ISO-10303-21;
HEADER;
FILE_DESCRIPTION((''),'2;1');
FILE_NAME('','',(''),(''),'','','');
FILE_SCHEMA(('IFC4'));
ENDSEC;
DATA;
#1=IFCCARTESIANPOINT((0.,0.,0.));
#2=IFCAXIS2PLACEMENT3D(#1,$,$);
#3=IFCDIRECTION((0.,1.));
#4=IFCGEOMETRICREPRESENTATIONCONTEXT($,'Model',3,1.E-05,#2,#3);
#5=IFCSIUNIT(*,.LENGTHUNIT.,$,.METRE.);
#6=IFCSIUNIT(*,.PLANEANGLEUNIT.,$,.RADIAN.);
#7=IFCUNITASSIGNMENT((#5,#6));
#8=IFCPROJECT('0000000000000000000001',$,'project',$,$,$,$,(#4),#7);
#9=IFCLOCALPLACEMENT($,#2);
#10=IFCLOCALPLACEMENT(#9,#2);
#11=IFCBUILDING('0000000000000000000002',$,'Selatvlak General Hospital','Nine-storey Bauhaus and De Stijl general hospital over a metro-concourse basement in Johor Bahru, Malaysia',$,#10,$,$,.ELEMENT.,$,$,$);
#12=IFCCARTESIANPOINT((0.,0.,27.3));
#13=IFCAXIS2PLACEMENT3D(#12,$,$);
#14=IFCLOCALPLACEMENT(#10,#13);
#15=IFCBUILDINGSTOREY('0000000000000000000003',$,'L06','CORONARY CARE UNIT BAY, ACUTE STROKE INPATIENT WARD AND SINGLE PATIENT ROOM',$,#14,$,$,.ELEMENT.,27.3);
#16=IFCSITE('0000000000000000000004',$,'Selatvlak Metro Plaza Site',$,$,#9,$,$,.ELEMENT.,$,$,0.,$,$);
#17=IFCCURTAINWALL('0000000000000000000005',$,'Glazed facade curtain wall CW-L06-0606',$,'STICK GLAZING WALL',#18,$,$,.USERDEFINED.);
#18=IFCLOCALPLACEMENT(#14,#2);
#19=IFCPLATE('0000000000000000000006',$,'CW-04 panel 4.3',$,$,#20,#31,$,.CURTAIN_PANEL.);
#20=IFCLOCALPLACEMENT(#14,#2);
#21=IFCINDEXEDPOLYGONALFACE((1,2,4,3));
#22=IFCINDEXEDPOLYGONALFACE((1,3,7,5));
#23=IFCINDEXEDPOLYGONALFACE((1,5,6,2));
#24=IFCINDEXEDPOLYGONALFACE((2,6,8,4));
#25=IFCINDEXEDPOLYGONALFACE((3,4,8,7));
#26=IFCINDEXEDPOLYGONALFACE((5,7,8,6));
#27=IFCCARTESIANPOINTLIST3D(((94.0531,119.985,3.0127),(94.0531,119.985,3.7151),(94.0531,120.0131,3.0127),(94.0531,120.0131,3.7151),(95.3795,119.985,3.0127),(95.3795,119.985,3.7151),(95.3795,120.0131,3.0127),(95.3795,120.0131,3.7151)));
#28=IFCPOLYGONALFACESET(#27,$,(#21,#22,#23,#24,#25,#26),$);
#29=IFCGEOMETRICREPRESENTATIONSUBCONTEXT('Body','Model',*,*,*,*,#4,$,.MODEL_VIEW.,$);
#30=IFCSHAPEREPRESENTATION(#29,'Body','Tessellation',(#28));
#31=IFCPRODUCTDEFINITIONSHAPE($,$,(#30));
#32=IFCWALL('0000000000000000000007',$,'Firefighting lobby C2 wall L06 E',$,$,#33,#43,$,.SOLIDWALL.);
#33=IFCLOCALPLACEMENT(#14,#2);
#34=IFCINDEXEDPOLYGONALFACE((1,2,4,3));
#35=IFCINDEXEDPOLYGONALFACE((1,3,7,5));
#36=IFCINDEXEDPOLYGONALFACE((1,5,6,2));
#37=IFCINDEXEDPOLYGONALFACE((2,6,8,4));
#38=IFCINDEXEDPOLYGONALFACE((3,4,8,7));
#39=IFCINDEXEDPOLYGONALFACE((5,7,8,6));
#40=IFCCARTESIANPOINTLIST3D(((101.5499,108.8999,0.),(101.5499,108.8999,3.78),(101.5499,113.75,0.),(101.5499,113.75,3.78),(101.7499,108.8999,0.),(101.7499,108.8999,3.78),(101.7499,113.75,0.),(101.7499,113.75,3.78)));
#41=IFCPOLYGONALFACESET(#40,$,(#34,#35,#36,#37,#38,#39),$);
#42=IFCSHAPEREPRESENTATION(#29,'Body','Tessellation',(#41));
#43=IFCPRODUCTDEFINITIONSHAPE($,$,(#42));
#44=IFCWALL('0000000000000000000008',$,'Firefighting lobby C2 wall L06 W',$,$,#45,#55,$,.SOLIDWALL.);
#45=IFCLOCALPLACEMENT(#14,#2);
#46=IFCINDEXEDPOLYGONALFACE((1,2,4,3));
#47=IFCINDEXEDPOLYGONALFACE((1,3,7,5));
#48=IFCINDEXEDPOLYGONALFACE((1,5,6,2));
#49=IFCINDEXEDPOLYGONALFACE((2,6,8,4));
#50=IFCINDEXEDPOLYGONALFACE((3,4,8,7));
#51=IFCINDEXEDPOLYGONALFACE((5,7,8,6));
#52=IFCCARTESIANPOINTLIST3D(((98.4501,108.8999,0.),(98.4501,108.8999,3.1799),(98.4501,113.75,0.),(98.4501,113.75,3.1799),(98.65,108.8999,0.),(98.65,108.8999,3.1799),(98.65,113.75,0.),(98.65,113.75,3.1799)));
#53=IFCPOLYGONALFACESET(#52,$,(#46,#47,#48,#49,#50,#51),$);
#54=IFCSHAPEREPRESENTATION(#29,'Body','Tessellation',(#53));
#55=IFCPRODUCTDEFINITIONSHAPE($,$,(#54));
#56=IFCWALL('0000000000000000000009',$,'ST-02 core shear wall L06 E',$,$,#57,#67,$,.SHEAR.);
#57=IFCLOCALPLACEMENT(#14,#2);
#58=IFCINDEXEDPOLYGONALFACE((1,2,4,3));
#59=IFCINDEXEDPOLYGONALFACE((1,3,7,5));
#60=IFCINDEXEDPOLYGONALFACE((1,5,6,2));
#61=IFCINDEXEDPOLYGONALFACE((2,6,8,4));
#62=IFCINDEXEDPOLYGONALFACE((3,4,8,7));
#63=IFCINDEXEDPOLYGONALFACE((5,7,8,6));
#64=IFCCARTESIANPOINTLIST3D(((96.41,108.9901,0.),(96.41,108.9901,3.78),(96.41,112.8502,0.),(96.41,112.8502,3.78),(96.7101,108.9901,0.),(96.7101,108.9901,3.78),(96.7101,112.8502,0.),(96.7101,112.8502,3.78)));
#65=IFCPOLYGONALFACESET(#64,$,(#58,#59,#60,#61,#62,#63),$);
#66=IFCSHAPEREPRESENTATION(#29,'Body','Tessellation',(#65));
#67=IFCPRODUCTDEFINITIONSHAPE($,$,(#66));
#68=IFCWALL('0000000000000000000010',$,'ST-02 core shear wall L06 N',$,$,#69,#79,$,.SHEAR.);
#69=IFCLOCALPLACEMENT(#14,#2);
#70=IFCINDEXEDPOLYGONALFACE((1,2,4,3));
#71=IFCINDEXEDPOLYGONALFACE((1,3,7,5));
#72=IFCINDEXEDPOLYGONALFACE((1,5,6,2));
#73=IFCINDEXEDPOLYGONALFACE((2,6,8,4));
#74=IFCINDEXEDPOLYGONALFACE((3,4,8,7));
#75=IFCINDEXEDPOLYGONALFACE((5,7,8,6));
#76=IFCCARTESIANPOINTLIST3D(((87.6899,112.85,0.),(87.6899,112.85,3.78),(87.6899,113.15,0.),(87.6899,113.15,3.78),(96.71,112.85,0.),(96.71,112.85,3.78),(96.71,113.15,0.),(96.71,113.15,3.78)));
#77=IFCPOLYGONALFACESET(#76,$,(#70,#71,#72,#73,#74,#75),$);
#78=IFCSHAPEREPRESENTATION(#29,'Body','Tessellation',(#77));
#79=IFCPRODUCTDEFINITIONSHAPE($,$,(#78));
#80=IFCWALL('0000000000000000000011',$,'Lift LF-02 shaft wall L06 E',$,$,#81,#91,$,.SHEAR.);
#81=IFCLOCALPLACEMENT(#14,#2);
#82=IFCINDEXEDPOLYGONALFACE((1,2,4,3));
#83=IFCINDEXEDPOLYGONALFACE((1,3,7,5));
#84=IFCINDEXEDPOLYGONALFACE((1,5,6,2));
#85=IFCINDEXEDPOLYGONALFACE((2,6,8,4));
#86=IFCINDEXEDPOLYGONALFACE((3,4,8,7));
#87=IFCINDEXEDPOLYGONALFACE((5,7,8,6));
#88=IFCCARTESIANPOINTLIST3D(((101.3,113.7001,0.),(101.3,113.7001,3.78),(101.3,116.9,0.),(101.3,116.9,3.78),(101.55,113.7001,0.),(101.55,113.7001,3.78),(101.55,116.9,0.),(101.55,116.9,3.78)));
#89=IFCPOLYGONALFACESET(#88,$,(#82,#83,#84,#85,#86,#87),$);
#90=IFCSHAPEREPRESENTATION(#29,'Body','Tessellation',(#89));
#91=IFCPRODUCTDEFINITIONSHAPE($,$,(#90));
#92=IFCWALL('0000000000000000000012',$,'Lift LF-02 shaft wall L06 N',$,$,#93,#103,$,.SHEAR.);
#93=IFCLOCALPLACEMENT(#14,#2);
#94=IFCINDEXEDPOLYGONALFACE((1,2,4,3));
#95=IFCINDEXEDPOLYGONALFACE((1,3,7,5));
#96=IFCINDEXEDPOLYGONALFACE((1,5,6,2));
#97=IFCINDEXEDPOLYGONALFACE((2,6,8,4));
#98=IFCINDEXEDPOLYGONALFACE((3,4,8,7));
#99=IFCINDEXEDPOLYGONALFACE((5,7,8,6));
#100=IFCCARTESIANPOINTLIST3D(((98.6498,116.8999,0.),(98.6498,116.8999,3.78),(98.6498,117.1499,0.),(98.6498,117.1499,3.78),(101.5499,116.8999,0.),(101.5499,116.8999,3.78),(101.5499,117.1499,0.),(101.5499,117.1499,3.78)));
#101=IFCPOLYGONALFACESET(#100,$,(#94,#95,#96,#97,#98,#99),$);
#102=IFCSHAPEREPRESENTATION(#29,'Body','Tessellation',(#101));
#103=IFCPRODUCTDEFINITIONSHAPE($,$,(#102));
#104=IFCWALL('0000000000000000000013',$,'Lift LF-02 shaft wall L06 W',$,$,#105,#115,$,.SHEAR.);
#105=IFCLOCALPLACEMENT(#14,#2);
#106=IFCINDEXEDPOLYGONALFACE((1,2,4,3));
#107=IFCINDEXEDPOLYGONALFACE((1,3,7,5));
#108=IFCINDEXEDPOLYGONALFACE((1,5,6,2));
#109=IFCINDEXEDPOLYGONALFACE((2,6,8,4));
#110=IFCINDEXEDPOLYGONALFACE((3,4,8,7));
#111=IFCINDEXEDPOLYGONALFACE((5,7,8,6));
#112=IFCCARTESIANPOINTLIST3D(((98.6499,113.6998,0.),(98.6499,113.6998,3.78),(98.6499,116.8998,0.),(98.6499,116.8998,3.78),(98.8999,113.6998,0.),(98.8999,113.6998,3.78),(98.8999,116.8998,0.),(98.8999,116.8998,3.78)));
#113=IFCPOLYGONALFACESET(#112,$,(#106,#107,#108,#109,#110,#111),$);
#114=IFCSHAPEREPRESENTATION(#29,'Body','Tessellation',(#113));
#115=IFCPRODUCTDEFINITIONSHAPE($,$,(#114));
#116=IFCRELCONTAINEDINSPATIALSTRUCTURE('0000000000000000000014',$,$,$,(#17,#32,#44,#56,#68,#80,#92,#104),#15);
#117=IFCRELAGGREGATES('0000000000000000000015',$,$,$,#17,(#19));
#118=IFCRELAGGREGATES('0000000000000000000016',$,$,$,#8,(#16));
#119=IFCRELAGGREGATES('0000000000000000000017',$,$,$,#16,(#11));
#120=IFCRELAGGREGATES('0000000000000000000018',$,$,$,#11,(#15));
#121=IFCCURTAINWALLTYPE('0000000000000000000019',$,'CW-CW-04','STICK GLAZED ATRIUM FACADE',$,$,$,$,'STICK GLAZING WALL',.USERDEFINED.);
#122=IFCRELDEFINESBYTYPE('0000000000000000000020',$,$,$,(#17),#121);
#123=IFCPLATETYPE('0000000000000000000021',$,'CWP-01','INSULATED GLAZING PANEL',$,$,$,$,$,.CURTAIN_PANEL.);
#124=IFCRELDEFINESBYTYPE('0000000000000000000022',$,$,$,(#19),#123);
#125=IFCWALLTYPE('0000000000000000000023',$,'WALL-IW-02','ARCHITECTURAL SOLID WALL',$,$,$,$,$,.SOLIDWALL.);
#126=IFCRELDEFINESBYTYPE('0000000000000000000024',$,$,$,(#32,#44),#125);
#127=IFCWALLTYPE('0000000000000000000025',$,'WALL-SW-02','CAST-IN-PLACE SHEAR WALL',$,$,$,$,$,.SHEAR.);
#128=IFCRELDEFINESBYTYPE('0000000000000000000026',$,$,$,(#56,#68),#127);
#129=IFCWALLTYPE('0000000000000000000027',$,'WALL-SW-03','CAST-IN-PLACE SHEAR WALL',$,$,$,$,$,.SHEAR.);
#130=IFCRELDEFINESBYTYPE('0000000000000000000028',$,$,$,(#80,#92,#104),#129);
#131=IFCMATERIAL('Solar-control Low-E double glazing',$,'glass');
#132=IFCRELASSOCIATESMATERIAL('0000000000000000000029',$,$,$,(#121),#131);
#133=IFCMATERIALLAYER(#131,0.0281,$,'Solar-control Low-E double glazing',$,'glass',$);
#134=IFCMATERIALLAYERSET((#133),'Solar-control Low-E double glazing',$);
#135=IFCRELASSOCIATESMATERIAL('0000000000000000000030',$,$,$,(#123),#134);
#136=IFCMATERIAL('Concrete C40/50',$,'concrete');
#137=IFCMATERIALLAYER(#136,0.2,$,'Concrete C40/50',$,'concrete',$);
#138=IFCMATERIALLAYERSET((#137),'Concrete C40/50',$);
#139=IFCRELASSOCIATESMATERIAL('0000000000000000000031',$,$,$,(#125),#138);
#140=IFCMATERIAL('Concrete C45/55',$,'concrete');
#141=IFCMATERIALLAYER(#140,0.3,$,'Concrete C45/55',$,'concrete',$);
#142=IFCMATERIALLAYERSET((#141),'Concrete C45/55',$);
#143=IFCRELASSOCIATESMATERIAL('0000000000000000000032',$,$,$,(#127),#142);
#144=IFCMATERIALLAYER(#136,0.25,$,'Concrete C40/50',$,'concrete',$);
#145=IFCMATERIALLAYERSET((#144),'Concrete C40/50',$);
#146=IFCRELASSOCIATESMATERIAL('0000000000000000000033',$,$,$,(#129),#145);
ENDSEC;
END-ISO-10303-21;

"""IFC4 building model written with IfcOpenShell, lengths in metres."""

from ifc_helpers import new_model, si_unit, direction, frame, frame_2d, origin, origin_2d, place, context, subcontext, project, spatial, rectangle, extrude, material, layer, layer_set, type_object, element, aggregate, save


model = new_model("IFC4")

# Units and contexts
model_context = context("Model", 3, precision=1e-05, world=origin(), true_north=direction((0.0, 1.0)))
body_context = subcontext(model_context, "Body", "Model", "MODEL_VIEW")
ifc_project = project(units=[si_unit("LENGTHUNIT", "METRE"), si_unit("PLANEANGLEUNIT", "RADIAN")], contexts=[model_context])

# Site, building, storey
site_placement = place(None, origin())
site = spatial("IfcSite", under=ifc_project, at=site_placement, Name="Selatvlak Metro Plaza Site", CompositionType="ELEMENT", RefElevation=0.0)
building_placement = place(site_placement, origin())
building = spatial("IfcBuilding", under=site, at=building_placement, Name="Selatvlak General Hospital", Description="Nine-storey Bauhaus and De Stijl general hospital over a metro-concourse basement in Johor Bahru, Malaysia", CompositionType="ELEMENT")
storey_placement = place(building_placement, frame((0.0, 0.0, 27.3)))
storey = spatial("IfcBuildingStorey", under=building, at=storey_placement, Name="L06", Description="CORONARY CARE UNIT BAY, ACUTE STROKE INPATIENT WARD AND SINGLE PATIENT ROOM", CompositionType="ELEMENT", Elevation=27.3)

# Shared definitions
ifc_material_1 = material(Name="Concrete C40/50", Category="concrete")

# Curtain wall, plate
ifc_material_2 = material(Name="Solar-control Low-E double glazing", Category="glass")
curtain_wall_type = type_object("IfcCurtainWallType", Name="CW-CW-04", Description="STICK GLAZED ATRIUM FACADE", ElementType="STICK GLAZING WALL", PredefinedType="USERDEFINED", material=ifc_material_2)
curtain_wall_placement = place(storey_placement, origin())
curtain_wall = element("IfcCurtainWall", 1, at=curtain_wall_placement, inside=storey, type_object=curtain_wall_type, Name="Glazed facade curtain wall CW-L06-0606", ObjectType="STICK GLAZING WALL", PredefinedType="USERDEFINED")
ifc_layer_1 = layer(ifc_material_2, 0.0281, Name="Solar-control Low-E double glazing", Category="glass")
ifc_layer_set_1 = layer_set([ifc_layer_1], Name="Solar-control Low-E double glazing")
plate_type = type_object("IfcPlateType", Name="CWP-01", Description="INSULATED GLAZING PANEL", PredefinedType="CURTAIN_PANEL", material=ifc_layer_set_1)
plate_1_placement = place(storey_placement, frame((94.7163, 119.999, 3.0127), z_axis=(0.0, 0.0, 1.0), x_axis=(1.0, 0.0, 0.0)))
plate_1 = element("IfcPlate", 2, at=plate_1_placement, type_object=plate_type, Name="CW-04 panel 4.3", PredefinedType="CURTAIN_PANEL", context=body_context, shape_type="SweptSolid", body=[
    extrude(rectangle(XDim=1.3264, YDim=0.0281, at=origin_2d()), origin(), (0.0, 0.0, 1.0), 0.7024),
])
aggregate(curtain_wall, [plate_1])

# Shared definitions
ifc_layer_2 = layer(ifc_material_1, 0.2, Name="Concrete C40/50", Category="concrete")
ifc_layer_set_2 = layer_set([ifc_layer_2], Name="Concrete C40/50")
wall_type_1 = type_object("IfcWallType", Name="WALL-IW-02", Description="ARCHITECTURAL SOLID WALL", PredefinedType="SOLIDWALL", material=ifc_layer_set_2)

# Walls
wall_1_placement = place(storey_placement, frame((101.6499, 108.8999, 0.0), z_axis=(0.0, 0.0, 1.0), x_axis=(0.0, 1.0, 0.0)))
element("IfcWall", 3, at=wall_1_placement, inside=storey, type_object=wall_type_1, Name="Firefighting lobby C2 wall L06 E", PredefinedType="SOLIDWALL", context=body_context, shape_type="SweptSolid", body=[
    extrude(rectangle(XDim=4.8501, YDim=0.2, at=frame_2d((2.425, 0.0))), origin(), (0.0, 0.0, 1.0), 3.78),
])
wall_2_placement = place(storey_placement, frame((98.55, 113.75, 0.0), z_axis=(0.0, 0.0, 1.0), x_axis=(0.0, -1.0, 0.0)))
element("IfcWall", 4, at=wall_2_placement, inside=storey, type_object=wall_type_1, Name="Firefighting lobby C2 wall L06 W", PredefinedType="SOLIDWALL", context=body_context, shape_type="SweptSolid", body=[
    extrude(rectangle(XDim=4.8501, YDim=0.2, at=frame_2d((2.425, 0.0))), origin(), (0.0, 0.0, 1.0), 3.1799),
])
ifc_material_3 = material(Name="Concrete C45/55", Category="concrete")
ifc_layer_3 = layer(ifc_material_3, 0.3, Name="Concrete C45/55", Category="concrete")
ifc_layer_set_3 = layer_set([ifc_layer_3], Name="Concrete C45/55")
wall_type_2 = type_object("IfcWallType", Name="WALL-SW-02", Description="CAST-IN-PLACE SHEAR WALL", PredefinedType="SHEAR", material=ifc_layer_set_3)
wall_3_placement = place(storey_placement, frame((96.5601, 108.99, 0.0), z_axis=(0.0, 0.0, 1.0), x_axis=(0.0, 1.0, 0.0)))
element("IfcWall", 5, at=wall_3_placement, inside=storey, type_object=wall_type_2, Name="ST-02 core shear wall L06 E", PredefinedType="SHEAR", context=body_context, shape_type="SweptSolid", body=[
    extrude(rectangle(XDim=3.8601, YDim=0.3, at=frame_2d((1.9302, 0.0))), origin(), (0.0, 0.0, 1.0), 3.78),
])
wall_4_placement = place(storey_placement, frame((96.71, 113.0, 0.0), z_axis=(0.0, 0.0, 1.0), x_axis=(-1.0, 0.0, 0.0)))
element("IfcWall", 6, at=wall_4_placement, inside=storey, type_object=wall_type_2, Name="ST-02 core shear wall L06 N", PredefinedType="SHEAR", context=body_context, shape_type="SweptSolid", body=[
    extrude(rectangle(XDim=9.02, YDim=0.3, at=frame_2d((4.51, 0.0))), origin(), (0.0, 0.0, 1.0), 3.78),
])

# Shared definitions
ifc_layer_4 = layer(ifc_material_1, 0.25, Name="Concrete C40/50", Category="concrete")
ifc_layer_set_4 = layer_set([ifc_layer_4], Name="Concrete C40/50")
wall_type_3 = type_object("IfcWallType", Name="WALL-SW-03", Description="CAST-IN-PLACE SHEAR WALL", PredefinedType="SHEAR", material=ifc_layer_set_4)

# Walls
wall_5_placement = place(storey_placement, frame((101.425, 113.7, 0.0), z_axis=(0.0, 0.0, 1.0), x_axis=(0.0, 1.0, 0.0)))
element("IfcWall", 7, at=wall_5_placement, inside=storey, type_object=wall_type_3, Name="Lift LF-02 shaft wall L06 E", PredefinedType="SHEAR", context=body_context, shape_type="SweptSolid", body=[
    extrude(rectangle(XDim=3.2, YDim=0.25, at=frame_2d((1.6001, 0.0))), origin(), (0.0, 0.0, 1.0), 3.78),
])
wall_6_placement = place(storey_placement, frame((101.55, 117.0249, 0.0), z_axis=(0.0, 0.0, 1.0), x_axis=(-1.0, 0.0, 0.0)))
element("IfcWall", 8, at=wall_6_placement, inside=storey, type_object=wall_type_3, Name="Lift LF-02 shaft wall L06 N", PredefinedType="SHEAR", context=body_context, shape_type="SweptSolid", body=[
    extrude(rectangle(XDim=2.9001, YDim=0.25, at=frame_2d((1.4502, 0.0))), origin(), (0.0, 0.0, 1.0), 3.78),
])
wall_7_placement = place(storey_placement, frame((98.7749, 116.8999, 0.0), z_axis=(0.0, 0.0, 1.0), x_axis=(0.0, -1.0, 0.0)))
element("IfcWall", 9, at=wall_7_placement, inside=storey, type_object=wall_type_3, Name="Lift LF-02 shaft wall L06 W", PredefinedType="SHEAR", context=body_context, shape_type="SweptSolid", body=[
    extrude(rectangle(XDim=3.2, YDim=0.25, at=frame_2d((1.6001, 0.0))), origin(), (0.0, 0.0, 1.0), 3.78),
])

save(model, "model.ifc")
